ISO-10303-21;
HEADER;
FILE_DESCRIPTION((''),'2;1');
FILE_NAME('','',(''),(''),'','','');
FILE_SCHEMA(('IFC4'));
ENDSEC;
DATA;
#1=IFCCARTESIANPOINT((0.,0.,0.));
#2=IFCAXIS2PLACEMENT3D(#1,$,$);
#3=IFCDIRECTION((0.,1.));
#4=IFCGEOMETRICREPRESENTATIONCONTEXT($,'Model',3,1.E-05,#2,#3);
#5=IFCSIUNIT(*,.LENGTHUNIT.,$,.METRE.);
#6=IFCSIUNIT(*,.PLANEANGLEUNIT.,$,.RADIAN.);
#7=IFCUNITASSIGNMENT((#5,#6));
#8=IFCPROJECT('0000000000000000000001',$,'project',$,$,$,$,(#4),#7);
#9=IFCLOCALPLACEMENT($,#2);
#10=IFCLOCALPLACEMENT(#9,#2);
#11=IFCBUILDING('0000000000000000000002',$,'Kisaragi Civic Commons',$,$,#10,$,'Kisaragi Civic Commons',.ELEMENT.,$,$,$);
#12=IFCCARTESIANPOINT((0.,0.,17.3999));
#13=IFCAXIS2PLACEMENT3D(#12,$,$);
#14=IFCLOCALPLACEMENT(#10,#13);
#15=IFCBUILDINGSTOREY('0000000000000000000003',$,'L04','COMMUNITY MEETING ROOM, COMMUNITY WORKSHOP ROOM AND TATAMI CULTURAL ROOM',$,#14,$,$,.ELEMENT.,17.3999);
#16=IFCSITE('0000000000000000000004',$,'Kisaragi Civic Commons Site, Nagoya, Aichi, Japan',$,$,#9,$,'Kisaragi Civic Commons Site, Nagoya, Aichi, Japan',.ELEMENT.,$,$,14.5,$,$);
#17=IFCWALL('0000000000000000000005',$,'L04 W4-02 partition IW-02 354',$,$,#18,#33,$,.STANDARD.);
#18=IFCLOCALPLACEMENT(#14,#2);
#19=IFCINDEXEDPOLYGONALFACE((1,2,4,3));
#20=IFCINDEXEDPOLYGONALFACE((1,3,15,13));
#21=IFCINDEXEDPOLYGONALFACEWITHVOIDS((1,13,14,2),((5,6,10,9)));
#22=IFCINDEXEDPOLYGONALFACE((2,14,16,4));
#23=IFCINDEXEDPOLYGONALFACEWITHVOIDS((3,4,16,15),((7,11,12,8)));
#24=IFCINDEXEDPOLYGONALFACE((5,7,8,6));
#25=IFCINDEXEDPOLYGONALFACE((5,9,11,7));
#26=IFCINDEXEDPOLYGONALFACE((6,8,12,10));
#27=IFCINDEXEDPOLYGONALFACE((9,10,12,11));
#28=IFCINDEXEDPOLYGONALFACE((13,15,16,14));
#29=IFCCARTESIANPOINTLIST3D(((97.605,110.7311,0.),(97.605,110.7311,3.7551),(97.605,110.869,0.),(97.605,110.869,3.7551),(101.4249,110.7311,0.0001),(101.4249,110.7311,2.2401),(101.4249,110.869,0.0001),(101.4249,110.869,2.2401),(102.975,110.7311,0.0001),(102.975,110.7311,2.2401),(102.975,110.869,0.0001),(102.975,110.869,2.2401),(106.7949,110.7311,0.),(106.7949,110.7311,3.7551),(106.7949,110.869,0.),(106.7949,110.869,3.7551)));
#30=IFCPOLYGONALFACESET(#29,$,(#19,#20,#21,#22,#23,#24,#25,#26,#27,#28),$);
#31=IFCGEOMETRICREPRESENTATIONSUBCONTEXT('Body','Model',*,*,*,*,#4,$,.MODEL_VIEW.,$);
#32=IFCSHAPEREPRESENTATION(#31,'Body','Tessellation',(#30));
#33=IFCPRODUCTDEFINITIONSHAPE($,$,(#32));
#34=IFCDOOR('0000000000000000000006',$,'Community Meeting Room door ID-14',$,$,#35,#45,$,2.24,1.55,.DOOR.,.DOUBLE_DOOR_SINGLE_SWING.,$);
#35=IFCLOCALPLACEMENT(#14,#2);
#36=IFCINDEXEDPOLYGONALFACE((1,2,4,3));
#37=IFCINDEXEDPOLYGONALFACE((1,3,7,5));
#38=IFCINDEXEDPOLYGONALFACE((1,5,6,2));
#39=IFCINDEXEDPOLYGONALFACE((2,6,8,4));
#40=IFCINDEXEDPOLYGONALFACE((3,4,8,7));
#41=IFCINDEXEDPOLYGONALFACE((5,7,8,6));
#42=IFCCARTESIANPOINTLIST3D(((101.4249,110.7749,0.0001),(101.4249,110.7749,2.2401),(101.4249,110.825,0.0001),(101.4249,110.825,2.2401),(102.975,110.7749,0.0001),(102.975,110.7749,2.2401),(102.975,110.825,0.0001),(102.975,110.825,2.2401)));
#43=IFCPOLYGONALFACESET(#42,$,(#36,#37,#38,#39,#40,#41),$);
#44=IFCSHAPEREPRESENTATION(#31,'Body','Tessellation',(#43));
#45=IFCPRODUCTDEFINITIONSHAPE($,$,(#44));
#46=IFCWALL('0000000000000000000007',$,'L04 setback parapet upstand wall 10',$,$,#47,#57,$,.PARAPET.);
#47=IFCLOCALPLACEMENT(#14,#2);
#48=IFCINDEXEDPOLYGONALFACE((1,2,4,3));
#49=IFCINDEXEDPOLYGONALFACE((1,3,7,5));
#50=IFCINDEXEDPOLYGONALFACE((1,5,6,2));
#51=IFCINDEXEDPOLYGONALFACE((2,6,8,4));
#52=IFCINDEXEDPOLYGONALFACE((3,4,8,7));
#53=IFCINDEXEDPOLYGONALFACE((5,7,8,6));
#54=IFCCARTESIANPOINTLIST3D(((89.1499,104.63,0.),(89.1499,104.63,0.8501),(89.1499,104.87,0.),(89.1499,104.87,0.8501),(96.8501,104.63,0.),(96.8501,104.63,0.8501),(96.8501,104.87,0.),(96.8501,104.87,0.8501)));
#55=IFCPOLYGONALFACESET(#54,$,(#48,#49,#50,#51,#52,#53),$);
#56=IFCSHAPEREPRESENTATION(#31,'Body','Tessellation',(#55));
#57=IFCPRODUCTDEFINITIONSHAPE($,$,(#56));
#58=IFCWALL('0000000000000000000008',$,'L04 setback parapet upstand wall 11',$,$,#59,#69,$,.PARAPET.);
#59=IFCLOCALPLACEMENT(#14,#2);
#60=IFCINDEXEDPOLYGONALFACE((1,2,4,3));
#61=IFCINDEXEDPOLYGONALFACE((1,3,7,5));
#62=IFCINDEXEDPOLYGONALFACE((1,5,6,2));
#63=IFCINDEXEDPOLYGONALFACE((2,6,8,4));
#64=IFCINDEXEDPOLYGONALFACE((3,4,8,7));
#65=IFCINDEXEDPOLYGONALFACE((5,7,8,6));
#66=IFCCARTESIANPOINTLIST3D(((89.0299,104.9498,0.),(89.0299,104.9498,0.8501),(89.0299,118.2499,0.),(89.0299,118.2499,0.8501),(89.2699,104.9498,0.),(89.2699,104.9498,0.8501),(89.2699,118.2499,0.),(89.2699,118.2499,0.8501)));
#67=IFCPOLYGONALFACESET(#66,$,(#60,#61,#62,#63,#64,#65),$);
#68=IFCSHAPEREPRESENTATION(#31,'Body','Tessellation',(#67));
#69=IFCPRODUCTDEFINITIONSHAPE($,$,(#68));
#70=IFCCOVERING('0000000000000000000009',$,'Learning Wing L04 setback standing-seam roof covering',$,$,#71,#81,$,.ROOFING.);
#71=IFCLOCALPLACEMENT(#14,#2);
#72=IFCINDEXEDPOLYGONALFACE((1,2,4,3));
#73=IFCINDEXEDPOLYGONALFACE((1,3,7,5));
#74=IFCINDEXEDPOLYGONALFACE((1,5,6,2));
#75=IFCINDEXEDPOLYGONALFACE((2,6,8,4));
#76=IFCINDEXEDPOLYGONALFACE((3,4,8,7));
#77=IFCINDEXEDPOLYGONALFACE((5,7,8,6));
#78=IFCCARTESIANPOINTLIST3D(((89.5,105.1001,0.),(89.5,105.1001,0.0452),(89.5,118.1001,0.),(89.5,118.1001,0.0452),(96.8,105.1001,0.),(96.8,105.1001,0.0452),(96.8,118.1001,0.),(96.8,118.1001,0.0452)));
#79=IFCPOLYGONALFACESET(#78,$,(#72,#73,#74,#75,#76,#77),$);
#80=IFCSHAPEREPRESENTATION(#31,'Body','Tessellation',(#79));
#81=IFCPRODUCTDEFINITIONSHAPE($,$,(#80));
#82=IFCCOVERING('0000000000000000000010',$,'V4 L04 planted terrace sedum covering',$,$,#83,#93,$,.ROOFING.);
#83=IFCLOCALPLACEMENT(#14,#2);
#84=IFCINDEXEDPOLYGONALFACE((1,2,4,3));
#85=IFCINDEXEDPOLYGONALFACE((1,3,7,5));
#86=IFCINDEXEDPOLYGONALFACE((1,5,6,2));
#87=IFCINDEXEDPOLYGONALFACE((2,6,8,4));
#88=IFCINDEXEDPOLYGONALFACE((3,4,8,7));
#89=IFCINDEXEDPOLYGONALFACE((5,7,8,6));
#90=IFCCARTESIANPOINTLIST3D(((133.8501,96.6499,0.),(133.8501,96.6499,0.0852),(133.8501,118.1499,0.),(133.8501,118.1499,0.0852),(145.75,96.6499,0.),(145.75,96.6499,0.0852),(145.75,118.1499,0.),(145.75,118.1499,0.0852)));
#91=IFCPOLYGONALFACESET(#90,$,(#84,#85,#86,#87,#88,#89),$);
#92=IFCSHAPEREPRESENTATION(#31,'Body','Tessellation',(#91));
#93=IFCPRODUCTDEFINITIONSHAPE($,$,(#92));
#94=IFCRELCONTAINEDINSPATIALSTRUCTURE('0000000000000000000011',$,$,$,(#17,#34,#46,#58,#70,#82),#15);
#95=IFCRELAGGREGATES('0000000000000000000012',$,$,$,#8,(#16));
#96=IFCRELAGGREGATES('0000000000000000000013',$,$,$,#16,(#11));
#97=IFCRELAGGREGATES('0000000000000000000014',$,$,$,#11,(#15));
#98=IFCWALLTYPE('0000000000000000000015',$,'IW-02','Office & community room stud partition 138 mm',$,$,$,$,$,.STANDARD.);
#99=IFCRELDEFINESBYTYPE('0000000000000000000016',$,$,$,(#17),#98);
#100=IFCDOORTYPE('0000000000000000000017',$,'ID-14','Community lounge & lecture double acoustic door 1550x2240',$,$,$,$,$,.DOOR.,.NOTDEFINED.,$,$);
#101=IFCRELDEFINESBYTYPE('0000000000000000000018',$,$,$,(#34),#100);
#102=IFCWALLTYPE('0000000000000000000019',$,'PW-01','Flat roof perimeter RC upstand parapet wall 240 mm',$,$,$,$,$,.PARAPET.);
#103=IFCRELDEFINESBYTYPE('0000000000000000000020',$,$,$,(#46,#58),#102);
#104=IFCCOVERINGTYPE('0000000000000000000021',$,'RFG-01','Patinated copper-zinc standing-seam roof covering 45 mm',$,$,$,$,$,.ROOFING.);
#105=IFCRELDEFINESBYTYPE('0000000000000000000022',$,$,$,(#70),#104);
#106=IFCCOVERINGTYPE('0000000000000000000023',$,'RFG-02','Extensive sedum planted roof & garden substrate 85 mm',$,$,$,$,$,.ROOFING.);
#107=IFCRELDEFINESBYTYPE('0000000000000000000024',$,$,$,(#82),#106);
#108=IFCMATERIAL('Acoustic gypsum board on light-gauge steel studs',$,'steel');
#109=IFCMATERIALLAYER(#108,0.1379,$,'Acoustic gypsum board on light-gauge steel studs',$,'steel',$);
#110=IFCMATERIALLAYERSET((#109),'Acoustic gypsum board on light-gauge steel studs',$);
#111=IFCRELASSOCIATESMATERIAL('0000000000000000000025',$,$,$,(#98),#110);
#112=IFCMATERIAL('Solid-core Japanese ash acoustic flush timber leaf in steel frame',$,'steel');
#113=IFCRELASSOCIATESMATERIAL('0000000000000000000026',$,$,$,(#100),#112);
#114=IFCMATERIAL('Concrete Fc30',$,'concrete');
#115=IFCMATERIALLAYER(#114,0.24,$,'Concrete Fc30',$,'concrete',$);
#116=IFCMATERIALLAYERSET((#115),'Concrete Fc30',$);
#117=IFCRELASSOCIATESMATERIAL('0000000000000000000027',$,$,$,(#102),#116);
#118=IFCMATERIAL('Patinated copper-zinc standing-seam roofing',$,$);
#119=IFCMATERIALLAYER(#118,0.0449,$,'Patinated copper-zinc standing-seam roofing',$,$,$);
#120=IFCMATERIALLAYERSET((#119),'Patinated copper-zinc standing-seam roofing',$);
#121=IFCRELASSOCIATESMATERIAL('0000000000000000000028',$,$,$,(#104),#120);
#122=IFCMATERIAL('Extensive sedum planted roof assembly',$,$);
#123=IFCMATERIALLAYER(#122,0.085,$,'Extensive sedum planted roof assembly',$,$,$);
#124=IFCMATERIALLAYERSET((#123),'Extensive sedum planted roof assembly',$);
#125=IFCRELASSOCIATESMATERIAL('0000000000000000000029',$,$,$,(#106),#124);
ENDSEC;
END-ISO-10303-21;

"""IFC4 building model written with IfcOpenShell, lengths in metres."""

from ifc_helpers import new_model, si_unit, direction, frame, frame_2d, origin, place, context, subcontext, project, spatial, polyline, rectangle, outline, extrude, material, layer, layer_set, type_object, element, fill, save


model = new_model("IFC4")

# Units and contexts
model_context = context("Model", 3, precision=1e-05, world=origin(), true_north=direction((0.0, 1.0)))
body_context = subcontext(model_context, "Body", "Model", "MODEL_VIEW")
ifc_project = project(units=[si_unit("LENGTHUNIT", "METRE"), si_unit("PLANEANGLEUNIT", "RADIAN")], contexts=[model_context])

# Site, building, storey
site_placement = place(None, origin())
site = spatial("IfcSite", under=ifc_project, at=site_placement, Name="Kisaragi Civic Commons Site, Nagoya, Aichi, Japan", LongName="Kisaragi Civic Commons Site, Nagoya, Aichi, Japan", CompositionType="ELEMENT", RefElevation=14.5)
building_placement = place(site_placement, origin())
building = spatial("IfcBuilding", under=site, at=building_placement, Name="Kisaragi Civic Commons", LongName="Kisaragi Civic Commons", CompositionType="ELEMENT")
storey_placement = place(building_placement, frame((0.0, 0.0, 17.3999)))
storey = spatial("IfcBuildingStorey", under=building, at=storey_placement, Name="L04", Description="COMMUNITY MEETING ROOM, COMMUNITY WORKSHOP ROOM AND TATAMI CULTURAL ROOM", CompositionType="ELEMENT", Elevation=17.3999)

# Shared definitions
ifc_material_1 = material(Name="Concrete Fc30", Category="concrete")

# Shared definitions
ifc_material_2 = material(Name="Acoustic gypsum board on light-gauge steel studs", Category="steel")
ifc_layer_1 = layer(ifc_material_2, 0.1379, Name="Acoustic gypsum board on light-gauge steel studs", Category="steel")
ifc_layer_set_1 = layer_set([ifc_layer_1], Name="Acoustic gypsum board on light-gauge steel studs")
wall_type_1 = type_object("IfcWallType", Name="IW-02", Description="Office & community room stud partition 138 mm", PredefinedType="STANDARD", material=ifc_layer_set_1)

# Wall, opening, door
wall_1_placement = place(storey_placement, frame((97.605, 110.8, 0.0), z_axis=(0.0, 0.0, 1.0), x_axis=(1.0, 0.0, 0.0)))
wall_1 = element("IfcWall", 1, at=wall_1_placement, inside=storey, type_object=wall_type_1, Name="L04 W4-02 partition IW-02 354", PredefinedType="STANDARD", context=body_context, shape_type="SweptSolid", body=[
    extrude(rectangle(XDim=9.1899, YDim=0.1379, at=frame_2d((4.595, 0.0))), origin(), (0.0, 0.0, 1.0), 3.7551),
])
opening_1_placement = place(wall_1_placement, frame((3.8201, 0.0, 0.0)))
opening_1 = element("IfcOpeningElement", 2, at=opening_1_placement, cuts=wall_1, PredefinedType="OPENING", context=body_context, shape_type="SweptSolid", body=[
    extrude(rectangle(XDim=1.55, YDim=2.24, at=frame_2d((0.7749, 1.1201))), frame((0.0, 0.0789, 0.0), z_axis=(0.0, -1.0, 0.0), x_axis=(1.0, 0.0, 0.0)), (0.0, 0.0, 1.0), 0.158),
])
ifc_material_3 = material(Name="Solid-core Japanese ash acoustic flush timber leaf in steel frame", Category="steel")
door_type = type_object("IfcDoorType", Name="ID-14", Description="Community lounge & lecture double acoustic door 1550x2240", OperationType="NOTDEFINED", PredefinedType="DOOR", material=ifc_material_3)
door_placement = place(opening_1_placement, origin())
door = element("IfcDoor", 3, at=door_placement, inside=storey, type_object=door_type, Name="Community Meeting Room door ID-14", OperationType="DOUBLE_DOOR_SINGLE_SWING", OverallHeight=2.24, OverallWidth=1.55, PredefinedType="DOOR", context=body_context, shape_type="SweptSolid", body=[
    extrude(rectangle(XDim=1.55, YDim=2.24, at=frame_2d((0.7749, 1.1201))), frame((0.0, 0.0249, 0.0), z_axis=(0.0, -1.0, 0.0), x_axis=(1.0, 0.0, 0.0)), (0.0, 0.0, 1.0), 0.05),
])
fill(opening_1, door)

# Walls
ifc_layer_2 = layer(ifc_material_1, 0.24, Name="Concrete Fc30", Category="concrete")
ifc_layer_set_2 = layer_set([ifc_layer_2], Name="Concrete Fc30")
wall_type_2 = type_object("IfcWallType", Name="PW-01", Description="Flat roof perimeter RC upstand parapet wall 240 mm", PredefinedType="PARAPET", material=ifc_layer_set_2)
wall_2_placement = place(storey_placement, frame((89.1499, 104.75, 0.0), z_axis=(0.0, 0.0, 1.0), x_axis=(1.0, 0.0, 0.0)))
element("IfcWall", 4, at=wall_2_placement, inside=storey, type_object=wall_type_2, Name="L04 setback parapet upstand wall 10", PredefinedType="PARAPET", context=body_context, shape_type="SweptSolid", body=[
    extrude(rectangle(XDim=7.7002, YDim=0.24, at=frame_2d((3.8501, 0.0))), origin(), (0.0, 0.0, 1.0), 0.8501),
])
wall_3_placement = place(storey_placement, frame((89.1499, 104.95, 0.0), z_axis=(0.0, 0.0, 1.0), x_axis=(0.0, 1.0, 0.0)))
element("IfcWall", 5, at=wall_3_placement, inside=storey, type_object=wall_type_2, Name="L04 setback parapet upstand wall 11", PredefinedType="PARAPET", context=body_context, shape_type="SweptSolid", body=[
    extrude(rectangle(XDim=13.3, YDim=0.24, at=frame_2d((6.6499, 0.0))), origin(), (0.0, 0.0, 1.0), 0.8501),
])

# Coverings
ifc_material_4 = material(Name="Patinated copper-zinc standing-seam roofing")
ifc_layer_3 = layer(ifc_material_4, 0.0449, Name="Patinated copper-zinc standing-seam roofing")
ifc_layer_set_3 = layer_set([ifc_layer_3], Name="Patinated copper-zinc standing-seam roofing")
covering_type_1 = type_object("IfcCoveringType", Name="RFG-01", Description="Patinated copper-zinc standing-seam roof covering 45 mm", PredefinedType="ROOFING", material=ifc_layer_set_3)
covering_1_placement = place(storey_placement, origin())
element("IfcCovering", 6, at=covering_1_placement, inside=storey, type_object=covering_type_1, Name="Learning Wing L04 setback standing-seam roof covering", PredefinedType="ROOFING", context=body_context, shape_type="SweptSolid", body=[
    extrude(outline(polyline([(89.5, 105.1001), (96.8, 105.1001), (96.8, 118.1001), (89.5, 118.1001), (89.5, 105.1001)])), origin(), (0.0, 0.0, 1.0), 0.0452),
])
ifc_material_5 = material(Name="Extensive sedum planted roof assembly")
ifc_layer_4 = layer(ifc_material_5, 0.085, Name="Extensive sedum planted roof assembly")
ifc_layer_set_4 = layer_set([ifc_layer_4], Name="Extensive sedum planted roof assembly")
covering_type_2 = type_object("IfcCoveringType", Name="RFG-02", Description="Extensive sedum planted roof & garden substrate 85 mm", PredefinedType="ROOFING", material=ifc_layer_set_4)
covering_2_placement = place(storey_placement, origin())
element("IfcCovering", 7, at=covering_2_placement, inside=storey, type_object=covering_type_2, Name="V4 L04 planted terrace sedum covering", PredefinedType="ROOFING", context=body_context, shape_type="SweptSolid", body=[
    extrude(outline(polyline([(133.8501, 96.6499), (133.8501, 118.1499), (145.75, 118.1499), (145.75, 96.6499), (133.8501, 96.6499)])), origin(), (0.0, 0.0, 1.0), 0.0852),
])

save(model, "model.ifc")
